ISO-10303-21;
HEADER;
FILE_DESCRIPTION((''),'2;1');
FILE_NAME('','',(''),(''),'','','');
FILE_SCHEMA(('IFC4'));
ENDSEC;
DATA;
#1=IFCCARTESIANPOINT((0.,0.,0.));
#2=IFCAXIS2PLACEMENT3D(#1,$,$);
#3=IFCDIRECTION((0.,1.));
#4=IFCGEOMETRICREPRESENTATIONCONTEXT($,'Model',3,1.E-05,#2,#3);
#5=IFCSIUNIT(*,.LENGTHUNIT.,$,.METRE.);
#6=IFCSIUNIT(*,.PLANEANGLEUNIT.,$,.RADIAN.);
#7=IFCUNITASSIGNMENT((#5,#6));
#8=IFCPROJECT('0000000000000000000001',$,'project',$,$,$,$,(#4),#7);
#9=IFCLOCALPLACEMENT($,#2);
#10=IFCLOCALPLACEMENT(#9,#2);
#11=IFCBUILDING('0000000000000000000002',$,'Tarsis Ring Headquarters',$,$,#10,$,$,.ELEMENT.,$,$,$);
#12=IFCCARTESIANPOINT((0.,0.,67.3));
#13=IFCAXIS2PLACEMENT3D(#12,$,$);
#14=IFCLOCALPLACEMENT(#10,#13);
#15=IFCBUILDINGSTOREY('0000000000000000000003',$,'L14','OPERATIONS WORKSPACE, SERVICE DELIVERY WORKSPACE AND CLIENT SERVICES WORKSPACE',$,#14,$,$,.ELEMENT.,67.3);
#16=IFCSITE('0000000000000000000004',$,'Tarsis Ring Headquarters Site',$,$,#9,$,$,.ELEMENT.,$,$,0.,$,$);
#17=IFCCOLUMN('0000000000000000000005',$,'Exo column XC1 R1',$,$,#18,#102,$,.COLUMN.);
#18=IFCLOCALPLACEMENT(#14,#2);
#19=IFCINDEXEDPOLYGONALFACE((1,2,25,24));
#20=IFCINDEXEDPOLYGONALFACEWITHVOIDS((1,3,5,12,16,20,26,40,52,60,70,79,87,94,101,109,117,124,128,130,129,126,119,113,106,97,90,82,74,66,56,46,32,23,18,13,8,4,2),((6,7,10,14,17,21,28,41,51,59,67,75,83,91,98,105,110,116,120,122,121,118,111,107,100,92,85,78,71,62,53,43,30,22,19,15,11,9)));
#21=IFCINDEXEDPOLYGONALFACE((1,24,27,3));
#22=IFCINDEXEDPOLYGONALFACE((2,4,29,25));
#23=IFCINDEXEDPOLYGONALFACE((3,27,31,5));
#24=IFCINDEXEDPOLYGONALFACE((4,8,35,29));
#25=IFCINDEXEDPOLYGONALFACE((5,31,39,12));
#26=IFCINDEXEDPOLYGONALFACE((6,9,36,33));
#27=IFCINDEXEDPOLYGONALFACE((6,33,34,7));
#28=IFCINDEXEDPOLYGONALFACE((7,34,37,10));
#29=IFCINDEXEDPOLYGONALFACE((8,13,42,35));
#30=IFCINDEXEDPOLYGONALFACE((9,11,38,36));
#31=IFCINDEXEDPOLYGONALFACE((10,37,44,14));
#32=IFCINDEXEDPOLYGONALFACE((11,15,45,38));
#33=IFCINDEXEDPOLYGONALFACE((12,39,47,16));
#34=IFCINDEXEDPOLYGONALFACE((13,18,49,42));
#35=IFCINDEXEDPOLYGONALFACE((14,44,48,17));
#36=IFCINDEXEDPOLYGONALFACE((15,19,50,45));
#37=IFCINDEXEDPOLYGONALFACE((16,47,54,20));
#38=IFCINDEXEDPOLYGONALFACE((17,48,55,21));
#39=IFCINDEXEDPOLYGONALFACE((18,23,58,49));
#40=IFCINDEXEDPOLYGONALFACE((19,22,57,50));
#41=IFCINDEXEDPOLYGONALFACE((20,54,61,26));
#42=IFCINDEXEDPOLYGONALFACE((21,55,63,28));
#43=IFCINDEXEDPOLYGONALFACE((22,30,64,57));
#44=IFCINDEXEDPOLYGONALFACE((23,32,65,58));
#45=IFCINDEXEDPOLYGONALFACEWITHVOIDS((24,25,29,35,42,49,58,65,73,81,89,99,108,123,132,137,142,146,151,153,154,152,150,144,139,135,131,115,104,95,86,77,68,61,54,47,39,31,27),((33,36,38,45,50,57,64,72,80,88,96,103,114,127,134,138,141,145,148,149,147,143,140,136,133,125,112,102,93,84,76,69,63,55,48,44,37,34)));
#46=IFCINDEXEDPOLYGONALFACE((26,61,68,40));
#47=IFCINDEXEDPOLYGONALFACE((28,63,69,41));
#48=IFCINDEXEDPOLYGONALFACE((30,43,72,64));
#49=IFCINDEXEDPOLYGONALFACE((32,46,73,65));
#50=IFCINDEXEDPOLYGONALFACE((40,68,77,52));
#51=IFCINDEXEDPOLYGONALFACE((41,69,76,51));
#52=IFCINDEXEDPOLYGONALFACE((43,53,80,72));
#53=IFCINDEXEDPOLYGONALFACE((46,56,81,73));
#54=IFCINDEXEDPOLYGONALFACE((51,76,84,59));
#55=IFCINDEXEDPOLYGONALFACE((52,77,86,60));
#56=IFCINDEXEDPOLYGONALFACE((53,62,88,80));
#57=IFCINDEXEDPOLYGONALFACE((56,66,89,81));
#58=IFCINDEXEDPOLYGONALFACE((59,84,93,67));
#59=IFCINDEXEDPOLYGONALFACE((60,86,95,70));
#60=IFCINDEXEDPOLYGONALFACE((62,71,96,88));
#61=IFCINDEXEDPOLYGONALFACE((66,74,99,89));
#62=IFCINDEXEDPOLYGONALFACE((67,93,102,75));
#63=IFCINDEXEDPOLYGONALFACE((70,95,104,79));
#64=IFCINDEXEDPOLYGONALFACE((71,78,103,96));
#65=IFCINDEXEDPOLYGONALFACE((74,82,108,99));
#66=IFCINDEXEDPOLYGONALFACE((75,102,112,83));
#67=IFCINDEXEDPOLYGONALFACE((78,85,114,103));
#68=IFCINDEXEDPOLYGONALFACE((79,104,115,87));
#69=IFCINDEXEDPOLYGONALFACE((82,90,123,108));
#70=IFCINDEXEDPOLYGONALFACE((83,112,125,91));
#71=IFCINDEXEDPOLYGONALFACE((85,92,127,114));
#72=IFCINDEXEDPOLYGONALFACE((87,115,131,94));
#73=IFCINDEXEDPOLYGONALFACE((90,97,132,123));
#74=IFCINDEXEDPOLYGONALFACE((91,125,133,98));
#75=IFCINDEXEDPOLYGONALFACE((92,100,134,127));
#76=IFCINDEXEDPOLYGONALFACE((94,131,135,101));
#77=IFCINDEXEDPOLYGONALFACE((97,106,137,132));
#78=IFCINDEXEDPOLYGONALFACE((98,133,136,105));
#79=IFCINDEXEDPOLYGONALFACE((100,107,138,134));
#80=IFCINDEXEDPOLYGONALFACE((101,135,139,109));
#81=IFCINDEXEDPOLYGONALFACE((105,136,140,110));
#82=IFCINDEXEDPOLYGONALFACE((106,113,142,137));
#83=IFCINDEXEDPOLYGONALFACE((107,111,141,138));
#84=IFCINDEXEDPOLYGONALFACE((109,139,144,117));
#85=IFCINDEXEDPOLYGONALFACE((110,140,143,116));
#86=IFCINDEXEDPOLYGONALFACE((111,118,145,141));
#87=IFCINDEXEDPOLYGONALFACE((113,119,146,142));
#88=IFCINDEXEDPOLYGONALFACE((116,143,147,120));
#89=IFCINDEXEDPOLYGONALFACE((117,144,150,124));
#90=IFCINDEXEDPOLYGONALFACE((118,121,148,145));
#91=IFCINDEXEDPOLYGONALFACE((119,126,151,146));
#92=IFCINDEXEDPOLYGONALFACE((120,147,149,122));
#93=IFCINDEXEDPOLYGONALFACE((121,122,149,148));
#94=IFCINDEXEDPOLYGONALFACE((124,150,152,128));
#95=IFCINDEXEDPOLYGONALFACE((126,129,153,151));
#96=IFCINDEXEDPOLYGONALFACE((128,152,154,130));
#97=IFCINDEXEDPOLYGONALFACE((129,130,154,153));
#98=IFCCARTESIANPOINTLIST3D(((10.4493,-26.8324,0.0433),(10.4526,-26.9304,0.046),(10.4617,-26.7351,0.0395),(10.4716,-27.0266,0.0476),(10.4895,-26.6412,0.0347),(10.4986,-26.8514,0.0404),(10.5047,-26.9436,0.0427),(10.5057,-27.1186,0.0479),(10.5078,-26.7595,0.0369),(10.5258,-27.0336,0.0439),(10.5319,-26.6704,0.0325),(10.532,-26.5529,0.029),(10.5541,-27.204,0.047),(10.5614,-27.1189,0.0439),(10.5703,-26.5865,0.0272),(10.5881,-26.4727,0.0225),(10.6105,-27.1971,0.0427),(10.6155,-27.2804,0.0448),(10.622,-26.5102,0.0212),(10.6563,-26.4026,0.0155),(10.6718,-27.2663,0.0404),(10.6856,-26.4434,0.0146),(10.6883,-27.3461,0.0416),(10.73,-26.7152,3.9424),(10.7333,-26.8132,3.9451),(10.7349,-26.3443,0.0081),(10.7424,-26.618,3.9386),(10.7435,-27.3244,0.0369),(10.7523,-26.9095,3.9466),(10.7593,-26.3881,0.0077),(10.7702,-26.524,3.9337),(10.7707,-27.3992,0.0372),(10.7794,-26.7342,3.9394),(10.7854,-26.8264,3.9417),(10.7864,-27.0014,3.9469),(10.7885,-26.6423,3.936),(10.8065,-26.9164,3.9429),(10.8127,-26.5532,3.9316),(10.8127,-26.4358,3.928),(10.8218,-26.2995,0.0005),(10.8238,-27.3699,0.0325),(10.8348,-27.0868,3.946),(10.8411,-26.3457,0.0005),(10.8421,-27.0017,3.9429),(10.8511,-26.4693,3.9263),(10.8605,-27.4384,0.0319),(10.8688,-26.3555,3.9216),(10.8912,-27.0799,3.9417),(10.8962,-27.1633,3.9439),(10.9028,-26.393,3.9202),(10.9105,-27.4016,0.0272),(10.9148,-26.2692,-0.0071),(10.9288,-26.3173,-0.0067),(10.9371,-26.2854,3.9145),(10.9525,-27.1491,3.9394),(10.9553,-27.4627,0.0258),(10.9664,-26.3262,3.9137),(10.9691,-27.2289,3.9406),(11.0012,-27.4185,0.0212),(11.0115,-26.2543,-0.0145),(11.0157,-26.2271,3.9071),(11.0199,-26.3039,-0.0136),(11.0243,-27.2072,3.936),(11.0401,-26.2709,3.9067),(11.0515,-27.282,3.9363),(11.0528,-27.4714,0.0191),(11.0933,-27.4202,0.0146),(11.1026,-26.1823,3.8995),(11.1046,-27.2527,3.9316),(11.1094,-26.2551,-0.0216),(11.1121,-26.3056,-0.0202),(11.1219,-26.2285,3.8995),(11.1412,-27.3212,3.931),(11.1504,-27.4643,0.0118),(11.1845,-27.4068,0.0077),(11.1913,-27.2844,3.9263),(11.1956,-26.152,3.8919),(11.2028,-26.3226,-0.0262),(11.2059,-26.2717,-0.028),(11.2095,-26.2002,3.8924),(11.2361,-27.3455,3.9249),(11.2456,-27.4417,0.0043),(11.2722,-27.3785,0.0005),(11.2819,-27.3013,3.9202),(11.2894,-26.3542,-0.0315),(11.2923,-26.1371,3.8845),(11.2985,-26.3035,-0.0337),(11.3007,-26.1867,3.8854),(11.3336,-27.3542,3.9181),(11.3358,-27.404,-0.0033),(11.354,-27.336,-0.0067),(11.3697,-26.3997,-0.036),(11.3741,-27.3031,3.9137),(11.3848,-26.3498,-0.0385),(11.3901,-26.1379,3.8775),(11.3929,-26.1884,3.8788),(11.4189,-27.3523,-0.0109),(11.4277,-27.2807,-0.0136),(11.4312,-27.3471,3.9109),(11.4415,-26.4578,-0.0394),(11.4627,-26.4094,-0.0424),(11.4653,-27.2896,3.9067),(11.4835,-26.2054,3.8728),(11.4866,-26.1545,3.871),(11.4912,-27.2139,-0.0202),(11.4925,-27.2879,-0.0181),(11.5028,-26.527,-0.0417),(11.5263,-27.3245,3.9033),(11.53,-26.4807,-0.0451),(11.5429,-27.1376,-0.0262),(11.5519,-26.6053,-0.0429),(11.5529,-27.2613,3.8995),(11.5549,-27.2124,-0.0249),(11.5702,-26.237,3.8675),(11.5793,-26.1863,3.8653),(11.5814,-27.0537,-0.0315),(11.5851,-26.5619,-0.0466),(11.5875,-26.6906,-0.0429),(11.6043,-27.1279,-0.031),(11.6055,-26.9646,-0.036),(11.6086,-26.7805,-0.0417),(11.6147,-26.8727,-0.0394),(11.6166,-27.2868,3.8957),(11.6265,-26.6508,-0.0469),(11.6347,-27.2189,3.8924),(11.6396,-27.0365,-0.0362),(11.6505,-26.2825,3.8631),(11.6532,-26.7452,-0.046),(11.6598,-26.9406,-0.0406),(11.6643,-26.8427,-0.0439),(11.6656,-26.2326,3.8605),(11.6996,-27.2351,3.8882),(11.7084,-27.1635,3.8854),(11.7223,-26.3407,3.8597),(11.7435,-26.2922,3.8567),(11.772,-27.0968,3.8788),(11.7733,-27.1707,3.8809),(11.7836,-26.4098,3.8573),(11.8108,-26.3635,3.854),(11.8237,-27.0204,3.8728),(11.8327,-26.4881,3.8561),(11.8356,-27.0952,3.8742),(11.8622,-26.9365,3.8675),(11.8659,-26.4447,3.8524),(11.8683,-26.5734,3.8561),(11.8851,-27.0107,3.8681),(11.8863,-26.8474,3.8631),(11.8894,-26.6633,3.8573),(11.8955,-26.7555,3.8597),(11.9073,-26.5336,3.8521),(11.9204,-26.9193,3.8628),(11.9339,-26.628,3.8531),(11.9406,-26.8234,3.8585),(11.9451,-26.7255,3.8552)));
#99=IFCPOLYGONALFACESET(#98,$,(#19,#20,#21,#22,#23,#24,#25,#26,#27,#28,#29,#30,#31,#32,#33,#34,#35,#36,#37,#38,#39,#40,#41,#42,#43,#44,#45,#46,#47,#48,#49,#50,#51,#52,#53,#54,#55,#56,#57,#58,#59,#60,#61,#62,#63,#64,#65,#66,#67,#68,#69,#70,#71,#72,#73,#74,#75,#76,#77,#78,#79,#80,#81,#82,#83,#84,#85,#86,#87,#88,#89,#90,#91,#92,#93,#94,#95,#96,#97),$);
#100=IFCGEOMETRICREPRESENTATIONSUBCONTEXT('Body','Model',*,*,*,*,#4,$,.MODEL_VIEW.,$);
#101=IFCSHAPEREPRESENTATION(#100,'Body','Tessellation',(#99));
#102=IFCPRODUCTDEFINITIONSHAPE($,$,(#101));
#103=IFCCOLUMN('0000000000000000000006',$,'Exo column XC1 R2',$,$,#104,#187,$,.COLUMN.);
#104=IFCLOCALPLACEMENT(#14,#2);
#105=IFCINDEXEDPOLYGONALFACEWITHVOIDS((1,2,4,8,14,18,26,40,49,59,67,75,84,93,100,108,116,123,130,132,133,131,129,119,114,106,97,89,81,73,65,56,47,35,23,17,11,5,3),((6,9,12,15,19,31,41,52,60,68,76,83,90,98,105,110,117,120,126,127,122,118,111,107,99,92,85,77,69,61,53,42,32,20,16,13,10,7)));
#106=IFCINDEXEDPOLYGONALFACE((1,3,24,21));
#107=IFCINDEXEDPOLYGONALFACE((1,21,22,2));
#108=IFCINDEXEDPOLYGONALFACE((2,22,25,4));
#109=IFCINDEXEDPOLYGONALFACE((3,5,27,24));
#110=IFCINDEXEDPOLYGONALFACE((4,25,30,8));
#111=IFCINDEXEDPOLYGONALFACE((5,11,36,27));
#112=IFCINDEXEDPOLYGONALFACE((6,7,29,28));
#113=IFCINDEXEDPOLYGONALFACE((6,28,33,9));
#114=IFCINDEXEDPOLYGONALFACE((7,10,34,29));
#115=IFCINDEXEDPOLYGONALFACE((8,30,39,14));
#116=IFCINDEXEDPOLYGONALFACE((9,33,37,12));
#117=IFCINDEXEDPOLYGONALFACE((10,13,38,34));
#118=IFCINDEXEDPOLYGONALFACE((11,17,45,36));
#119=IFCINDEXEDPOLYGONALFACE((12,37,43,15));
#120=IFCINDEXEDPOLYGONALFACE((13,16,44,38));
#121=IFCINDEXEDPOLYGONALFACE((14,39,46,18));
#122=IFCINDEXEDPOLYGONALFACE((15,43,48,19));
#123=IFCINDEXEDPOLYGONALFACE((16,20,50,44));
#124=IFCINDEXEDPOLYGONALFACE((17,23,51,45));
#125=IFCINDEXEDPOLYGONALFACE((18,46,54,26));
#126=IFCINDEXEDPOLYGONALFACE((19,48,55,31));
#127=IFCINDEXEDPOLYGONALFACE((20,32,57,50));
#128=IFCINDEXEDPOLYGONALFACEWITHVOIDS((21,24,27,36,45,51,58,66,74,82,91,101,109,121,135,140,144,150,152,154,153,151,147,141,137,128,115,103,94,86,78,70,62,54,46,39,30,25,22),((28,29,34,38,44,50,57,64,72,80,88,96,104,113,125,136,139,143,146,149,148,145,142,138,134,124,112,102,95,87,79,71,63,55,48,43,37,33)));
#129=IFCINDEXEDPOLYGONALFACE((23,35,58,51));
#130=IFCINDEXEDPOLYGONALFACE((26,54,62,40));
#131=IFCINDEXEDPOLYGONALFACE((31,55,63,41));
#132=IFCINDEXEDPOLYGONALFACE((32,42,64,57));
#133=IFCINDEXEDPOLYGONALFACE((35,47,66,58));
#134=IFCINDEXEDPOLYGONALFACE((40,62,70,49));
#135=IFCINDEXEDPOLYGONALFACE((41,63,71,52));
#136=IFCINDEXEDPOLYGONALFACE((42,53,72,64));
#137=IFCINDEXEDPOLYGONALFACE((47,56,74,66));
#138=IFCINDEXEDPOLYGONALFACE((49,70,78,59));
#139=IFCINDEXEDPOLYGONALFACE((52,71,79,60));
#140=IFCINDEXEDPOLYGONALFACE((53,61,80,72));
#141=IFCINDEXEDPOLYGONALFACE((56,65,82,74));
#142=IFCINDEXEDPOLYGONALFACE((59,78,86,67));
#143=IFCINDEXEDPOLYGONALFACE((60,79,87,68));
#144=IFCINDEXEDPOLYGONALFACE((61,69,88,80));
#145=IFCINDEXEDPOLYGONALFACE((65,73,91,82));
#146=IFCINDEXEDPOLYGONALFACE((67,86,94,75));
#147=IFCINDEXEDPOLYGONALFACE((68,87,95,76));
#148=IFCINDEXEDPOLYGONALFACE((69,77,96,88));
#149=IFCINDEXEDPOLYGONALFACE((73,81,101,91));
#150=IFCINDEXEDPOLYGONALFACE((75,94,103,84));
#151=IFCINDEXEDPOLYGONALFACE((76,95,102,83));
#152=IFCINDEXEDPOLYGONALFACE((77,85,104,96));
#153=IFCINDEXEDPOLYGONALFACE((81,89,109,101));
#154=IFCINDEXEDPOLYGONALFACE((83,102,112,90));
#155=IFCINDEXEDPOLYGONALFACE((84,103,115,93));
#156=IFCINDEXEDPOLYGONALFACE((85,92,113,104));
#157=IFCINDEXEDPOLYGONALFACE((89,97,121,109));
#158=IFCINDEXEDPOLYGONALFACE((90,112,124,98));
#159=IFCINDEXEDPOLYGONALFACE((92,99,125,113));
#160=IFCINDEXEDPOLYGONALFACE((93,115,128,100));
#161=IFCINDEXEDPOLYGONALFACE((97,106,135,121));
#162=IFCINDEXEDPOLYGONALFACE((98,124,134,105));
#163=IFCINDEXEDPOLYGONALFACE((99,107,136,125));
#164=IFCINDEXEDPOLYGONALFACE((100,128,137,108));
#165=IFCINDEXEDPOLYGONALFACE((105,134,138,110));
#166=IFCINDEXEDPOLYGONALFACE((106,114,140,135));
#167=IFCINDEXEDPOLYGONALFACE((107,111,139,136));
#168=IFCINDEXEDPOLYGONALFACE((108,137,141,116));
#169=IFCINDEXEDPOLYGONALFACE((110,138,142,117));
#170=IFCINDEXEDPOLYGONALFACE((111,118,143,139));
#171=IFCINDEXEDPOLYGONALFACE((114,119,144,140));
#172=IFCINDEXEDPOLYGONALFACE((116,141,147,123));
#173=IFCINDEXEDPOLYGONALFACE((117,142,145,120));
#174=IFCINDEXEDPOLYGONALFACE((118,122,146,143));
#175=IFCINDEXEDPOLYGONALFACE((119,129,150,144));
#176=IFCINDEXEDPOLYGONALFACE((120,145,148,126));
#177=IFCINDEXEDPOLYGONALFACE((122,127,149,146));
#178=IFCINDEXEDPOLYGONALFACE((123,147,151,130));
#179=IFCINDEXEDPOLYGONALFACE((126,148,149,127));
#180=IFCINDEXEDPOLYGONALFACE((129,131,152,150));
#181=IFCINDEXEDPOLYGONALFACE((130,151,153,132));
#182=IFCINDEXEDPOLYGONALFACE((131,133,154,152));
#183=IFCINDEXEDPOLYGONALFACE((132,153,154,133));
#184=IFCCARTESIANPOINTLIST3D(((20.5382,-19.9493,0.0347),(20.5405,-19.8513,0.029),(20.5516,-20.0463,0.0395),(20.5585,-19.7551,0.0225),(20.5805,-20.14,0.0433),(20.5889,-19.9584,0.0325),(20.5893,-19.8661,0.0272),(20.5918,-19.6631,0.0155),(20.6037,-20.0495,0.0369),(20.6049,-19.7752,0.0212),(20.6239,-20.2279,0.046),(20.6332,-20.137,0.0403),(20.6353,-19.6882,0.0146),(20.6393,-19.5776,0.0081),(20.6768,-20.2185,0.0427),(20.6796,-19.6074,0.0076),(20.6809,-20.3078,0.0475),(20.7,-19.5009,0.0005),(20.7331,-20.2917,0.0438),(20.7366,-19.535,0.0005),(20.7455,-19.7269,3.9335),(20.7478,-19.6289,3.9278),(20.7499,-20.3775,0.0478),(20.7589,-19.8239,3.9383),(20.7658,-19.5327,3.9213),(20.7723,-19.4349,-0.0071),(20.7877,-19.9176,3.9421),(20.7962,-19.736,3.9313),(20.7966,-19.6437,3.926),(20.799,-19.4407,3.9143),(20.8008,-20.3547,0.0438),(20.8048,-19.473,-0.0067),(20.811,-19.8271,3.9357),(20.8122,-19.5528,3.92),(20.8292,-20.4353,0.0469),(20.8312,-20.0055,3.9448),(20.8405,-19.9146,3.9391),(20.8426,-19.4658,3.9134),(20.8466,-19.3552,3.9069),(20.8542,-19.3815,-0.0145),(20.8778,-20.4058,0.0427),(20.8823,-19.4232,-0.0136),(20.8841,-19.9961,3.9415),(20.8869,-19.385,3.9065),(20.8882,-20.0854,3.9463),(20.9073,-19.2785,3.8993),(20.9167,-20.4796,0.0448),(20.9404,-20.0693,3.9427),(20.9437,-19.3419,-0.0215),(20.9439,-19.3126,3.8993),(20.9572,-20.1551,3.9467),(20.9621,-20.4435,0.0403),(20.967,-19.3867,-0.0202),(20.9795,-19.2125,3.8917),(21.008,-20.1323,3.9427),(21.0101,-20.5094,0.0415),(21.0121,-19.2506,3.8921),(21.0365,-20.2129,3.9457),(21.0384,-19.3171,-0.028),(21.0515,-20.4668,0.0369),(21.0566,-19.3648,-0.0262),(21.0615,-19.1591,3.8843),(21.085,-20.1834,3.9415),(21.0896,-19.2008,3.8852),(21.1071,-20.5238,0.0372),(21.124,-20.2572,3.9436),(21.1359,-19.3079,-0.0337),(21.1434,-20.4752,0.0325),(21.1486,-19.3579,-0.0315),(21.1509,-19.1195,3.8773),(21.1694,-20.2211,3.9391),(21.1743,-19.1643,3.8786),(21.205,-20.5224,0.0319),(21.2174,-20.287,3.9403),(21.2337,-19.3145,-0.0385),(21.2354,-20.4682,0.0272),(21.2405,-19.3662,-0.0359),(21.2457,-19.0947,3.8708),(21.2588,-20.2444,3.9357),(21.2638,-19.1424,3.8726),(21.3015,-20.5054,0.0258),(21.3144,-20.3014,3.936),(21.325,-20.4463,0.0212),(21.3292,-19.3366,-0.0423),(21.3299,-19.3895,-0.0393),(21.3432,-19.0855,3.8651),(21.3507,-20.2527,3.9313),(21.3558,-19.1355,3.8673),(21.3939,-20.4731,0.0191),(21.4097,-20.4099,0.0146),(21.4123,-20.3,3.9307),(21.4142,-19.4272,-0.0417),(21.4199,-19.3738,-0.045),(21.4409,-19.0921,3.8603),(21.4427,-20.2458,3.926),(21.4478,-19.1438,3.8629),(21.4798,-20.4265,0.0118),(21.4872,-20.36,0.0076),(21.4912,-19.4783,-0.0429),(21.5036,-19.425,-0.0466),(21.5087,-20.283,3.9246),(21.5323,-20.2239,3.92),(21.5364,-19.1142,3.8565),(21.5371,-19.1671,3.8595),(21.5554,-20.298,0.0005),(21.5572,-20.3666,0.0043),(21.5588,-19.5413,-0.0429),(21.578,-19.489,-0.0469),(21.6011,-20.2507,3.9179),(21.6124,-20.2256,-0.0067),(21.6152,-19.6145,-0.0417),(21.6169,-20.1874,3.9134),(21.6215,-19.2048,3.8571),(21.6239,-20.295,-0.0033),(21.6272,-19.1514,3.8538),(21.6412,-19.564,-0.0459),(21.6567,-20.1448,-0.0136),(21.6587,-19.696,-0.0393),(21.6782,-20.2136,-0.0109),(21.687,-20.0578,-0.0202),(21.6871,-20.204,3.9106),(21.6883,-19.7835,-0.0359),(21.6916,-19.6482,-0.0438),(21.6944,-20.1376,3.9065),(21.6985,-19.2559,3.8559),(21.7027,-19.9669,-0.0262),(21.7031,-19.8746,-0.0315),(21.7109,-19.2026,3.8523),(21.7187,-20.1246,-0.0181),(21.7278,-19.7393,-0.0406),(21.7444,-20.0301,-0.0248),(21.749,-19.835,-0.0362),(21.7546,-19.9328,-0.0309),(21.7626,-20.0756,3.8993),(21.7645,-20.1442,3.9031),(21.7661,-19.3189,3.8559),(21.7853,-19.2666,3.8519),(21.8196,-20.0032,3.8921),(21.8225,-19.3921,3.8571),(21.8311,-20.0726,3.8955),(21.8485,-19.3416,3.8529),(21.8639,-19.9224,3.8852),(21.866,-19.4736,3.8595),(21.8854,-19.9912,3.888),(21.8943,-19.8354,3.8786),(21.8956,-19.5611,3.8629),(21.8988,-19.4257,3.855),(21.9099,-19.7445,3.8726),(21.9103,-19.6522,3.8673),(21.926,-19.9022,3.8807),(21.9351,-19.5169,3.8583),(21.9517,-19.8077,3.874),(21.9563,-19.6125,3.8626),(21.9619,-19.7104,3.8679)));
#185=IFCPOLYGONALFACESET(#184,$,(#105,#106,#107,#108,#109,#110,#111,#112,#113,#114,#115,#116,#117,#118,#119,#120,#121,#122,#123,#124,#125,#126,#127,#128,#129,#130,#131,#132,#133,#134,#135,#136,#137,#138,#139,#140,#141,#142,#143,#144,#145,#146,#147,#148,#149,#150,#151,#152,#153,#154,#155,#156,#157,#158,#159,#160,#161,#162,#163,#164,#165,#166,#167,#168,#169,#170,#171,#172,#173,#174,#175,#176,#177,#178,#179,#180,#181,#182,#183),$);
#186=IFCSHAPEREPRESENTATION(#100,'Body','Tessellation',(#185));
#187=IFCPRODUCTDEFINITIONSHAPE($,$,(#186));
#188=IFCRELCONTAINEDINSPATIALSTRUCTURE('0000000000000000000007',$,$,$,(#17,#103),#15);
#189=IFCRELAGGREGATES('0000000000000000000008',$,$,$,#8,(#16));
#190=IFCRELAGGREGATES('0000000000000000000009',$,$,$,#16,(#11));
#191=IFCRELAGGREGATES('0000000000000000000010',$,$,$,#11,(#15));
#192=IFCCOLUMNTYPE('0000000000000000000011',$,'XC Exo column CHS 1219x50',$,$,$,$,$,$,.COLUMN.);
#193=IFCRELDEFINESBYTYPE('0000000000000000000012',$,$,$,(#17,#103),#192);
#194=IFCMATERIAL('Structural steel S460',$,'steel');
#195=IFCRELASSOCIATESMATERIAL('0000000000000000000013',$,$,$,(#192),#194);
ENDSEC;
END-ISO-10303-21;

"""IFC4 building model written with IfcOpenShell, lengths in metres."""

from ifc_helpers import new_model, si_unit, direction, frame, origin, origin_2d, place, context, subcontext, project, spatial, hollow_circle, extrude, material, material_profile, profile_set, type_object, element, save


model = new_model("IFC4")

# Units and contexts
model_context = context("Model", 3, precision=1e-05, world=origin(), true_north=direction((0.0, 1.0)))
body_context = subcontext(model_context, "Body", "Model", "MODEL_VIEW")
ifc_project = project(units=[si_unit("LENGTHUNIT", "METRE"), si_unit("PLANEANGLEUNIT", "RADIAN")], contexts=[model_context])

# Site, building, storey
site_placement = place(None, origin())
site = spatial("IfcSite", under=ifc_project, at=site_placement, Name="Tarsis Ring Headquarters Site", CompositionType="ELEMENT", RefElevation=0.0)
building_placement = place(site_placement, origin())
building = spatial("IfcBuilding", under=site, at=building_placement, Name="Tarsis Ring Headquarters", CompositionType="ELEMENT")
storey_placement = place(building_placement, frame((0.0, 0.0, 67.3)))
storey = spatial("IfcBuildingStorey", under=building, at=storey_placement, Name="L14", Description="OPERATIONS WORKSPACE, SERVICE DELIVERY WORKSPACE AND CLIENT SERVICES WORKSPACE", CompositionType="ELEMENT", Elevation=67.3)

# Columns
ifc_material_1 = material(Name="Structural steel S460", Category="steel")
ifc_material_profile_1 = material_profile(ifc_material_1, hollow_circle(Radius=0.6096, WallThickness=0.05, at=origin_2d()), Name="CHS 1219x50")
ifc_profile_set_1 = profile_set([ifc_material_profile_1], Name="Structural steel S460")
column_type = type_object("IfcColumnType", Name="XC Exo column CHS 1219x50", PredefinedType="COLUMN", material=ifc_profile_set_1)
column_1_placement = place(storey_placement, frame((11.0566, -26.8621, 0.0005), z_axis=(0.071792, 0.029965, 0.996969), x_axis=(-0.385185, 0.922839, 0.0)))
element("IfcColumn", 1, at=column_1_placement, inside=storey, type_object=column_type, Name="Exo column XC1 R1", PredefinedType="COLUMN", context=body_context, shape_type="SweptSolid", body=[
    extrude(hollow_circle(Radius=0.6096, WallThickness=0.05, at=origin_2d()), origin(), (0.0, 0.0, 1.0), 3.9109),
])
column_2_placement = place(storey_placement, frame((21.146, -19.9165, 0.0005), z_axis=(0.053001, 0.056872, 0.996974), x_axis=(-0.731562, 0.681774, 0.0)))
element("IfcColumn", 2, at=column_2_placement, inside=storey, type_object=column_type, Name="Exo column XC1 R2", PredefinedType="COLUMN", context=body_context, shape_type="SweptSolid", body=[
    extrude(hollow_circle(Radius=0.6096, WallThickness=0.05, at=origin_2d()), origin(), (0.0, 0.0, 1.0), 3.9106),
])

save(model, "model.ifc")
